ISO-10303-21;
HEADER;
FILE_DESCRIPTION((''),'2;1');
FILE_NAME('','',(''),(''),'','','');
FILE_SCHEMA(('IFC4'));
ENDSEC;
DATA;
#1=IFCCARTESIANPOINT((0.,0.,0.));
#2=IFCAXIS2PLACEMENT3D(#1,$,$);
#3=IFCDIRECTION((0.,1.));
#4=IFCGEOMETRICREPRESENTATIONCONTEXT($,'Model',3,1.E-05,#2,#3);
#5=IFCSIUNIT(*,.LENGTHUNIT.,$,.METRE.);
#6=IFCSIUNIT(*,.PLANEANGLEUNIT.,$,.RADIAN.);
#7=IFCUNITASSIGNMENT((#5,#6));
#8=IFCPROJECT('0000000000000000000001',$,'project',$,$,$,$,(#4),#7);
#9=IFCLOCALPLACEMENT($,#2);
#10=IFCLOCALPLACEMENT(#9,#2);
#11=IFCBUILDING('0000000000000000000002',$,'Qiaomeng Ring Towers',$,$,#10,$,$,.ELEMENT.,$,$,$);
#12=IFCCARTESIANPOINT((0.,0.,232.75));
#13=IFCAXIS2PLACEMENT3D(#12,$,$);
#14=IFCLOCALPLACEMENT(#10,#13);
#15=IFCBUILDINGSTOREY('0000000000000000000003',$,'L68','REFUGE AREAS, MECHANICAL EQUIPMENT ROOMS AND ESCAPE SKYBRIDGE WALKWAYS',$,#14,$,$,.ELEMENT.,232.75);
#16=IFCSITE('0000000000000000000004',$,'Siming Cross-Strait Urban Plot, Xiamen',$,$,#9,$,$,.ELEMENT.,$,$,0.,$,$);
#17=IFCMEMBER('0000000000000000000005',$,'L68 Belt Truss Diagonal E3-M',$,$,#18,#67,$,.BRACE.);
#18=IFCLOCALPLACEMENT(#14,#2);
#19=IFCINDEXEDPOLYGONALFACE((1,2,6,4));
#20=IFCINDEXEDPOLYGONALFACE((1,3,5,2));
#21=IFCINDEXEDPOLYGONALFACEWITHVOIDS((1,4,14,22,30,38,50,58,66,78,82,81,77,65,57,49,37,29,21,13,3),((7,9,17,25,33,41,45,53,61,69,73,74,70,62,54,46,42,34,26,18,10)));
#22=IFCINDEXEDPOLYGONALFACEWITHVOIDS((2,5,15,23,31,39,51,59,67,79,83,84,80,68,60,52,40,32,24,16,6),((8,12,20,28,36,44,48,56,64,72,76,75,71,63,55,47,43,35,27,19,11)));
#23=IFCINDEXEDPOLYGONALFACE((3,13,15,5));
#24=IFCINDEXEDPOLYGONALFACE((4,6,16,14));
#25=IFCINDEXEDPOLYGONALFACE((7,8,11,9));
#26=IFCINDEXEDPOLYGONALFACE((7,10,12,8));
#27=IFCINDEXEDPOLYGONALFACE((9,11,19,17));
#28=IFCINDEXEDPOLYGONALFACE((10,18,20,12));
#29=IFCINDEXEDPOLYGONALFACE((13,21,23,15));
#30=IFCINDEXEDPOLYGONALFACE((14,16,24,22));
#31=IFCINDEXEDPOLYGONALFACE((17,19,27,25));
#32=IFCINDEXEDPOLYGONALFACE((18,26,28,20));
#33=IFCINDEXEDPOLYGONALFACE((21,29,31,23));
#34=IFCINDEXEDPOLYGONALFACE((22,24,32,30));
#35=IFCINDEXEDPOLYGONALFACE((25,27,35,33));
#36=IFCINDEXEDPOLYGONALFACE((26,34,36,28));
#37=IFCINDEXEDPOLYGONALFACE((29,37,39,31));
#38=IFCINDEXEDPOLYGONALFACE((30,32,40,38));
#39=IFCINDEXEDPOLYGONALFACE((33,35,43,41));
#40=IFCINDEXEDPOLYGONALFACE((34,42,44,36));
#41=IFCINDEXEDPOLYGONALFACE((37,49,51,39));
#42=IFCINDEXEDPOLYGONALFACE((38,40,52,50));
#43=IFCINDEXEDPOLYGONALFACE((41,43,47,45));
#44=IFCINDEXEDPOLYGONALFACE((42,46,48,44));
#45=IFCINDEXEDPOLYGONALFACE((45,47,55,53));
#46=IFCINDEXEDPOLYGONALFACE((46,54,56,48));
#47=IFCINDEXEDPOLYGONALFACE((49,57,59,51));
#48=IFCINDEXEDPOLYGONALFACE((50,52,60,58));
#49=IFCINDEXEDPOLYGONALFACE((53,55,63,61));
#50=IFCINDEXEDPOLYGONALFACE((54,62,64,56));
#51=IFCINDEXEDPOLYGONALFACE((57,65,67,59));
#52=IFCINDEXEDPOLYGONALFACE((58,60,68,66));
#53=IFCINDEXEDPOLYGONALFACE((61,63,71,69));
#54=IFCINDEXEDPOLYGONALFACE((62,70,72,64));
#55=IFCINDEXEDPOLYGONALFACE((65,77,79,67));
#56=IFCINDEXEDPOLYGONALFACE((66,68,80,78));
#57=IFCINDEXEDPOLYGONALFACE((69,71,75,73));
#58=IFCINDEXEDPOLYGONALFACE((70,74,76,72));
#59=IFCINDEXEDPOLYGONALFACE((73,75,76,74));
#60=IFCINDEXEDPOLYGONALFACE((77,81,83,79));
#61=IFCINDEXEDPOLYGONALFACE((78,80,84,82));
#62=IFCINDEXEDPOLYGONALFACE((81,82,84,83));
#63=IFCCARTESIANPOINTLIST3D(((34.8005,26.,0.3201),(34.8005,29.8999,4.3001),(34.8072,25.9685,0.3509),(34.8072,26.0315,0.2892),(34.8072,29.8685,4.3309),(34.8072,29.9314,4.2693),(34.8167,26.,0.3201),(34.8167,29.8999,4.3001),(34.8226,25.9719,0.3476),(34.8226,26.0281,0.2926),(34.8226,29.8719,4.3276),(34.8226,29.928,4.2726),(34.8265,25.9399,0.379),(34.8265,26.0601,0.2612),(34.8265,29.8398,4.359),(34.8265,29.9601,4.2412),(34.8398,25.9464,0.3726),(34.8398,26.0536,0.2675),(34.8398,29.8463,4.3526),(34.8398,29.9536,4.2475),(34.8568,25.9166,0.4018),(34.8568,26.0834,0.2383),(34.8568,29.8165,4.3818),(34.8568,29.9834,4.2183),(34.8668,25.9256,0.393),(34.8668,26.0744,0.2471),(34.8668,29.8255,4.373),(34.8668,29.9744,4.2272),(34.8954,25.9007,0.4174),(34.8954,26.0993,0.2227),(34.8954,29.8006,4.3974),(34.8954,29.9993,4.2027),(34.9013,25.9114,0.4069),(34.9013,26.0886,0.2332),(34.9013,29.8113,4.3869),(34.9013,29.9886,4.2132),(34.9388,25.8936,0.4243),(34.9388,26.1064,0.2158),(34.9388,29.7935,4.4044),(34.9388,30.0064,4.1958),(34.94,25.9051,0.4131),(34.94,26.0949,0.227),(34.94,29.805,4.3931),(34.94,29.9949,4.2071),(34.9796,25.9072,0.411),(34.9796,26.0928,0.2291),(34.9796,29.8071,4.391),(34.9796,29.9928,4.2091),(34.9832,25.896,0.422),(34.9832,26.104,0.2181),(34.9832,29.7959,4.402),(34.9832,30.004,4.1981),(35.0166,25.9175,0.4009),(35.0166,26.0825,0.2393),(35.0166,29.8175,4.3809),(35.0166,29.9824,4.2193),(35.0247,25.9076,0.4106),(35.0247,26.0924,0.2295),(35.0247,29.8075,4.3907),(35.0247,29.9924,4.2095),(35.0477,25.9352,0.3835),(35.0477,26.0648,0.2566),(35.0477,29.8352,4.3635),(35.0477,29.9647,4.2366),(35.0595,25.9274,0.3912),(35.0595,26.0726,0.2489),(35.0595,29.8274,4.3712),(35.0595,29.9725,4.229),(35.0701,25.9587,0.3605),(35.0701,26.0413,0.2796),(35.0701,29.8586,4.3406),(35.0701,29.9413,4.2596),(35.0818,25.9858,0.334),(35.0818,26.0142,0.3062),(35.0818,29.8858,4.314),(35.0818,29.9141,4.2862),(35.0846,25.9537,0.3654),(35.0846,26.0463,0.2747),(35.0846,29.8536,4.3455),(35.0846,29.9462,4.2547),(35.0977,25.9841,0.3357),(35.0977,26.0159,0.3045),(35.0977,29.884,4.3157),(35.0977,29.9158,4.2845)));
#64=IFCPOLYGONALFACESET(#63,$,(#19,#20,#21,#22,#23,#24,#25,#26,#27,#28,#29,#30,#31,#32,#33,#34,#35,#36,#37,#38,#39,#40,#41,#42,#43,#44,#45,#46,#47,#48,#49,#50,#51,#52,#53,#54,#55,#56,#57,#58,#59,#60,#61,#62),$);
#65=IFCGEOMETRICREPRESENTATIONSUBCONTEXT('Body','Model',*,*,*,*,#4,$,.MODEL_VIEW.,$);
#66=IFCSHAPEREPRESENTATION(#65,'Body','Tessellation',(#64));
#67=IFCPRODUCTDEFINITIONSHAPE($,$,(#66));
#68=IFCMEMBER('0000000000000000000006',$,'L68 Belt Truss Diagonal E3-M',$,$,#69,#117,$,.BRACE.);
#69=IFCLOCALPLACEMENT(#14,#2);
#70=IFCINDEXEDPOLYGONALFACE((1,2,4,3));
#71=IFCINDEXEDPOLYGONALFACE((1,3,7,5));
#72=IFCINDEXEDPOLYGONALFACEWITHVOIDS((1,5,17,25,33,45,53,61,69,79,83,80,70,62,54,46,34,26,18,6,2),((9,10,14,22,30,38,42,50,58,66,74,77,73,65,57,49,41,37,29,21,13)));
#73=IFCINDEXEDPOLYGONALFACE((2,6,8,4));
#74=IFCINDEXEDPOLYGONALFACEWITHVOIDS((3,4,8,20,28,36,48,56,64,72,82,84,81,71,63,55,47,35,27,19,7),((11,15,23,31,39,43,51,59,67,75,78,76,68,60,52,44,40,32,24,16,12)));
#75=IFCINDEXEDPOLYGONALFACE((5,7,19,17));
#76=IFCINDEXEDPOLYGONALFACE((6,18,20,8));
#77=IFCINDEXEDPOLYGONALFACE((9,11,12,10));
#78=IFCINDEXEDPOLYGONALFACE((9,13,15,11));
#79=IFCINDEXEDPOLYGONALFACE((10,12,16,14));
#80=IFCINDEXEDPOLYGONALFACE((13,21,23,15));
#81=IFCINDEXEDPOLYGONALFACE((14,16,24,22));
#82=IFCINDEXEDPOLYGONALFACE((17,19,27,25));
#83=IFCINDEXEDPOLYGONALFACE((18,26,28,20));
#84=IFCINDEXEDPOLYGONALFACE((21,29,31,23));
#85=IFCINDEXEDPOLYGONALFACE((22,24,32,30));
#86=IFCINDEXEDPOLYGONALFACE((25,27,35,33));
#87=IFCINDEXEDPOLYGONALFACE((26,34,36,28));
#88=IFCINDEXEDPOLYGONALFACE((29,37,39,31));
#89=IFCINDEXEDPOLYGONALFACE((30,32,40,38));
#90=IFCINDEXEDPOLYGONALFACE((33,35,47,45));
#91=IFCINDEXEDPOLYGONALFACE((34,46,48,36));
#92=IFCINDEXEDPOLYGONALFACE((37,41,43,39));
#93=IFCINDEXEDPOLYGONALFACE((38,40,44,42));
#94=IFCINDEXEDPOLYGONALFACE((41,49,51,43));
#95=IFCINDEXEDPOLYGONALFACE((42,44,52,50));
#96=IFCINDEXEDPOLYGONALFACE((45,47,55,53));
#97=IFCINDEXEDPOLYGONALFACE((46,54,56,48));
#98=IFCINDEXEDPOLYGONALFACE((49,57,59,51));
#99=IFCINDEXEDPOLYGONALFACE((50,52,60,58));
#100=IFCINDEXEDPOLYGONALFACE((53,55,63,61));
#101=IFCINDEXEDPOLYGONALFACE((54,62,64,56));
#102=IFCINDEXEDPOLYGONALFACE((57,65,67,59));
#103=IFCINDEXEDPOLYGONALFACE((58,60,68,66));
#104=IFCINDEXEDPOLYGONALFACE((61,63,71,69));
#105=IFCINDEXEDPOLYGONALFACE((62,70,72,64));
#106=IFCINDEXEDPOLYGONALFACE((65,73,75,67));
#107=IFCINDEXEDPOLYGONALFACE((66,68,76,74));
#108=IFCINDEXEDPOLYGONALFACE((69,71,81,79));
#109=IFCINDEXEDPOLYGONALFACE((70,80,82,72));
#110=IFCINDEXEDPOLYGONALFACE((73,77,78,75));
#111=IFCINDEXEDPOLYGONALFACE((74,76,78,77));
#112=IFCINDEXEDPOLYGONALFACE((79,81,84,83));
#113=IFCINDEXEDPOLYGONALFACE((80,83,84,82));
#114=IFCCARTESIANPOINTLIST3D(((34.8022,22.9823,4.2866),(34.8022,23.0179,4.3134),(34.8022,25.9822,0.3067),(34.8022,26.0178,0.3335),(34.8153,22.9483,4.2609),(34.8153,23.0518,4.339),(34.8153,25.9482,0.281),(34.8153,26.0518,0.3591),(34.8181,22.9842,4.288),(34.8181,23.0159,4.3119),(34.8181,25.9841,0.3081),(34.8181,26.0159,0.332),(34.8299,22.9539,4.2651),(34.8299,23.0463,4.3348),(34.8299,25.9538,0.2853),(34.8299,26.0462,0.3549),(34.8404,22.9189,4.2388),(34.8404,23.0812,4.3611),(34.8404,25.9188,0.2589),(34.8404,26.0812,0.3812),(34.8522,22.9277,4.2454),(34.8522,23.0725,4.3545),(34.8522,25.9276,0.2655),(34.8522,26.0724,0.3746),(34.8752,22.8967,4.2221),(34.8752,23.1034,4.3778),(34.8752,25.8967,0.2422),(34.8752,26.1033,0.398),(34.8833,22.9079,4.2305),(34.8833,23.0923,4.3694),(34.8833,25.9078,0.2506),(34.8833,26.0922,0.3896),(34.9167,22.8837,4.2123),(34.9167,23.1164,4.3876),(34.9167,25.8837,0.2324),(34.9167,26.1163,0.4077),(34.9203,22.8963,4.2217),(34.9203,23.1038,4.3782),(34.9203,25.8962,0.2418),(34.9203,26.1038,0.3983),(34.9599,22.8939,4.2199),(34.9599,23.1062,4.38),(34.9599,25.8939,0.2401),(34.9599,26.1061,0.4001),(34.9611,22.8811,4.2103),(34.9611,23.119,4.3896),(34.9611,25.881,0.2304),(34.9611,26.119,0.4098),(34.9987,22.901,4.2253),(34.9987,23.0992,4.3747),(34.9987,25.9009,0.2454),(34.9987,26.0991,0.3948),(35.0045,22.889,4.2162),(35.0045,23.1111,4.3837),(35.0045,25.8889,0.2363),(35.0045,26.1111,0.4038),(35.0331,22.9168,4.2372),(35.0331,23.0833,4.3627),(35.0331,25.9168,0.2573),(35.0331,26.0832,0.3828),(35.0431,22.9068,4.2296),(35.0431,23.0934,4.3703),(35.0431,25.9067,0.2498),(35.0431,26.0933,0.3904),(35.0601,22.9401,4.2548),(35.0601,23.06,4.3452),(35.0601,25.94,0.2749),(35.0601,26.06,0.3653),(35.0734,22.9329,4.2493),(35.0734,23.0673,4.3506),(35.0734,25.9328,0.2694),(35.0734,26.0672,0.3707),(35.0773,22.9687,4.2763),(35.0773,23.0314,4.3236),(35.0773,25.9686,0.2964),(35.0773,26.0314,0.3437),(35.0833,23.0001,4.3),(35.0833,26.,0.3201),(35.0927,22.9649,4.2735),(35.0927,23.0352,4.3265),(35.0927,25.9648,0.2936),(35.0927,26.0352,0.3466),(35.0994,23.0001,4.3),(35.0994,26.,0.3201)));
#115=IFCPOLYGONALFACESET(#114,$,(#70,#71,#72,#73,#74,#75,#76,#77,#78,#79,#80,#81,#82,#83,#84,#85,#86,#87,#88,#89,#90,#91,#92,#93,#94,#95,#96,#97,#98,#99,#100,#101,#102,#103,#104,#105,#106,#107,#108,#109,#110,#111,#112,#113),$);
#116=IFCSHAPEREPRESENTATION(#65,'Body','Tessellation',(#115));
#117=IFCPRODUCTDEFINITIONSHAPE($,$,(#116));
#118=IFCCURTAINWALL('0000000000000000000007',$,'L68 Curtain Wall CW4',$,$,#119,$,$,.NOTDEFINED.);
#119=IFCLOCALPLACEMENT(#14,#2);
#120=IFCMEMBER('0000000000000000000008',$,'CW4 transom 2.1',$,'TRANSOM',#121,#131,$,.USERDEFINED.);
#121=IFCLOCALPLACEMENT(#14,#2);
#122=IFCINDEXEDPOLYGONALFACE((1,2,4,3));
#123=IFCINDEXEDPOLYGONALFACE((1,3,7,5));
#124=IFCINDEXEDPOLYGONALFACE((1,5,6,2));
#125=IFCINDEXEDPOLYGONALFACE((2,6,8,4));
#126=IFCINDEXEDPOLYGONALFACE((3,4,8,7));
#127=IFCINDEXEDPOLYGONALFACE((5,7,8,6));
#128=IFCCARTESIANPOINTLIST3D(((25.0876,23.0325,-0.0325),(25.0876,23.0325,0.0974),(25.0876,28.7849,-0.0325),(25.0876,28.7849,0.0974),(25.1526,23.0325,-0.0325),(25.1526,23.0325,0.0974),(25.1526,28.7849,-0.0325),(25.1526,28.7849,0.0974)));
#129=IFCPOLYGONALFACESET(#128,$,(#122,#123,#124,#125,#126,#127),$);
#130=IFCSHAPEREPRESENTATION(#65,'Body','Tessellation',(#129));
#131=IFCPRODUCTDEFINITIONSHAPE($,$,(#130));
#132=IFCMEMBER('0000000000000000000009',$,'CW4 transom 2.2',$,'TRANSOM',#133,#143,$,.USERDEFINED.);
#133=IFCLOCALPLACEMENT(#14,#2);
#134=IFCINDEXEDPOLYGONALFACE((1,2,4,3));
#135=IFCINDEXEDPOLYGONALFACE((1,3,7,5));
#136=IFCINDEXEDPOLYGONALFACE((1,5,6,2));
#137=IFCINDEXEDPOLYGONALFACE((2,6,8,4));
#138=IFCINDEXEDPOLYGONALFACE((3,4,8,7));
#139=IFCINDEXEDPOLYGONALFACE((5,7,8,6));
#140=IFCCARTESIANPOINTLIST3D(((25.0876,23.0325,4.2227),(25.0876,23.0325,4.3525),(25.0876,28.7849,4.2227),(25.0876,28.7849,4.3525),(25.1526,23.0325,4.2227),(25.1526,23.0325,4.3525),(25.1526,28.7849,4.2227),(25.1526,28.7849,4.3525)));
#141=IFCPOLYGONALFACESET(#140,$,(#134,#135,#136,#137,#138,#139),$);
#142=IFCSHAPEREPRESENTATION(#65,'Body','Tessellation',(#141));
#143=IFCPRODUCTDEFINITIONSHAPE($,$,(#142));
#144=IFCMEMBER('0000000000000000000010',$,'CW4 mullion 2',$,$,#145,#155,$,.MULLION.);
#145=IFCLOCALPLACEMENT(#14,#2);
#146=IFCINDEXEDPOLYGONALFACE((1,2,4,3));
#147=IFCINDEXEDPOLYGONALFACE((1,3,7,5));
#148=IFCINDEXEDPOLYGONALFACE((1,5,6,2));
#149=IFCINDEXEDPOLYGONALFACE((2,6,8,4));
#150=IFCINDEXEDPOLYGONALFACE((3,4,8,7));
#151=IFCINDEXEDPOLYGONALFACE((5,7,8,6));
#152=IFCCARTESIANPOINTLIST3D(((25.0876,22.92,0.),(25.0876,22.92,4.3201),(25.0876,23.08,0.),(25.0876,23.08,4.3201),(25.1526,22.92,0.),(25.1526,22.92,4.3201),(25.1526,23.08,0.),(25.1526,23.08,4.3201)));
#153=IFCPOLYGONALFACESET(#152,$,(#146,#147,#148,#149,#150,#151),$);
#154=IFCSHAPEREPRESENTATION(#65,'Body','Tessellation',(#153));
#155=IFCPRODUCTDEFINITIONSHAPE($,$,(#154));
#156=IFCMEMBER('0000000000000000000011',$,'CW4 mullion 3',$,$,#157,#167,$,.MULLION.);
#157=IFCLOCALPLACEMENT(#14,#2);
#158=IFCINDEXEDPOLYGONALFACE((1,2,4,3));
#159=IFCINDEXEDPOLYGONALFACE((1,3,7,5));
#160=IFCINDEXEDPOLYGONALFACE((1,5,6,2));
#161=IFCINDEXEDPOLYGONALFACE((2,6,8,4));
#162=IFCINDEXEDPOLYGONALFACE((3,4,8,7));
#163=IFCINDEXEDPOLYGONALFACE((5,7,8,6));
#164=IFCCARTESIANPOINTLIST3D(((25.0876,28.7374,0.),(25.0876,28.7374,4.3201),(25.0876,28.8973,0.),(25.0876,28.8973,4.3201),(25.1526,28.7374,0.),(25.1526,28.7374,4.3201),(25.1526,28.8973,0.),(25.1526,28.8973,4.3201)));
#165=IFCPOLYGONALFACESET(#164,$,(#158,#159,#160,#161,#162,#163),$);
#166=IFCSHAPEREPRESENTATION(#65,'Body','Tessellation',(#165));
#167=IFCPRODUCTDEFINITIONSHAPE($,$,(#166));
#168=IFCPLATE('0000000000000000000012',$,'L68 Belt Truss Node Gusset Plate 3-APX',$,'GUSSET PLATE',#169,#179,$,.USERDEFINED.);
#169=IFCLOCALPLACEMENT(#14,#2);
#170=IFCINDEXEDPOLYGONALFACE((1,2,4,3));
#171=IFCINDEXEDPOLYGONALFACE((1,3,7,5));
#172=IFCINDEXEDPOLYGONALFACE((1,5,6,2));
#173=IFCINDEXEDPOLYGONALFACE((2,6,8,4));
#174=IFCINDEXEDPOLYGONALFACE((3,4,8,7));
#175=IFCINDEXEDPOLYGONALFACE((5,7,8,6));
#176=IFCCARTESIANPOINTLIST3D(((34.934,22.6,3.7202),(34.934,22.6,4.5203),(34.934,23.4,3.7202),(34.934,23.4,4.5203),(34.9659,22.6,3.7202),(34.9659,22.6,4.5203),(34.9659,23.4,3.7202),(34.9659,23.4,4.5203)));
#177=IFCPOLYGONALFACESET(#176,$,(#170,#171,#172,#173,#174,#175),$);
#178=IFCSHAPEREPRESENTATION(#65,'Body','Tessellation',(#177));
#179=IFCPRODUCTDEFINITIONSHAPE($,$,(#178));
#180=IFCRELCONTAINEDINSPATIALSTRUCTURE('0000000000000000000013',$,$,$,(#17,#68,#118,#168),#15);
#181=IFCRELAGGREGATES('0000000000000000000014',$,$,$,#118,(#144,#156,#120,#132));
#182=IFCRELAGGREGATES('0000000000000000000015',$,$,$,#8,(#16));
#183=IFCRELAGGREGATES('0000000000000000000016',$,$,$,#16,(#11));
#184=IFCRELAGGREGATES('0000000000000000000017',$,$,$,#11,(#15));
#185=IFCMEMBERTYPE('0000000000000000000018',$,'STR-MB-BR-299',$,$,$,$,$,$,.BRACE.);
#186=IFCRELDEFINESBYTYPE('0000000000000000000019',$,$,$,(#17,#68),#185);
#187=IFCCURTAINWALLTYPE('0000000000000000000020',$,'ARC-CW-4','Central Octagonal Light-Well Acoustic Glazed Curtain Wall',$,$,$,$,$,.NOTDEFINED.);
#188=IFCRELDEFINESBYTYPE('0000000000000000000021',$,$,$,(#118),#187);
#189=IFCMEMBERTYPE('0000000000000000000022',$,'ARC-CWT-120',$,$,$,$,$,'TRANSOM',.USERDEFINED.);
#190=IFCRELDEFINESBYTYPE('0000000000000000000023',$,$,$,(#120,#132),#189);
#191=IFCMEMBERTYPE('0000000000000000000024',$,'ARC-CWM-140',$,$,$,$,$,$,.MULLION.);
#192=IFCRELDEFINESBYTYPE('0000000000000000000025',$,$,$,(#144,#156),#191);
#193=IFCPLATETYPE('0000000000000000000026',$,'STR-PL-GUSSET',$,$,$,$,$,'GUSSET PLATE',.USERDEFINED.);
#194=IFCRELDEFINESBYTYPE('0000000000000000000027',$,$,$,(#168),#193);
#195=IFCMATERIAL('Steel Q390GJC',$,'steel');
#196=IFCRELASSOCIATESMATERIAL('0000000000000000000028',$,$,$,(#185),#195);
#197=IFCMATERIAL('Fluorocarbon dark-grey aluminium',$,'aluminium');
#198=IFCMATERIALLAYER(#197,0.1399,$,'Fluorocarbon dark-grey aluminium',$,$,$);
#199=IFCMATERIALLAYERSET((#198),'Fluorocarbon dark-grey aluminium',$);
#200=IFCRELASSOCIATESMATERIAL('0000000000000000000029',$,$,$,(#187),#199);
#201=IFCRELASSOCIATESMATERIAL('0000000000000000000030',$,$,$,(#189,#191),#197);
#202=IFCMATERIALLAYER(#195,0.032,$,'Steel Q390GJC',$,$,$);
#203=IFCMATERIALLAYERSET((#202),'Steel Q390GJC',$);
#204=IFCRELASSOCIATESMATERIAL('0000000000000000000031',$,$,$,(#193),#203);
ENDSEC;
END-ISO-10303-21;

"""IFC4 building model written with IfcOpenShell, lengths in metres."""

from ifc_helpers import new_model, si_unit, direction, frame, origin, origin_2d, place, context, subcontext, project, spatial, rectangle, hollow_circle, extrude, source, transform, mapped, material, layer, layer_set, material_profile, profile_set, type_object, element, aggregate, save


model = new_model("IFC4")

# Units and contexts
model_context = context("Model", 3, precision=1e-05, world=origin(), true_north=direction((0.0, 1.0)))
body_context = subcontext(model_context, "Body", "Model", "MODEL_VIEW")
ifc_project = project(units=[si_unit("LENGTHUNIT", "METRE"), si_unit("PLANEANGLEUNIT", "RADIAN")], contexts=[model_context])

# Site, building, storey
site_placement = place(None, origin())
site = spatial("IfcSite", under=ifc_project, at=site_placement, Name="Siming Cross-Strait Urban Plot, Xiamen", CompositionType="ELEMENT", RefElevation=0.0)
building_placement = place(site_placement, origin())
building = spatial("IfcBuilding", under=site, at=building_placement, Name="Qiaomeng Ring Towers", CompositionType="ELEMENT")
storey_placement = place(building_placement, frame((0.0, 0.0, 232.75)))
storey = spatial("IfcBuildingStorey", under=building, at=storey_placement, Name="L68", Description="REFUGE AREAS, MECHANICAL EQUIPMENT ROOMS AND ESCAPE SKYBRIDGE WALKWAYS", CompositionType="ELEMENT", Elevation=232.75)

# Shared definitions
ifc_material_1 = material(Name="Steel Q390GJC", Category="steel")

# Members
ifc_material_profile_1 = material_profile(ifc_material_1, hollow_circle(Radius=0.1494, WallThickness=0.0161, at=origin_2d()), Name="CHS 299x16")
ifc_profile_set_1 = profile_set([ifc_material_profile_1], Name="Steel Q390GJC")
member_type_1 = type_object("IfcMemberType", Name="STR-MB-BR-299", PredefinedType="BRACE", material=ifc_profile_set_1)
shared_shape_1 = source(origin(), body_context, "Body", "SweptSolid", [
    extrude(hollow_circle(Radius=0.1494, WallThickness=0.0161, at=origin_2d()), origin(), (0.0, 0.0, 1.0), 5.5723),
])
member_1_placement = place(storey_placement, frame((34.95, 26.0, 0.3201), z_axis=(0.0, 0.699885, 0.714256), x_axis=(-1.0, 0.0, 0.0)))
element("IfcMember", 1, at=member_1_placement, inside=storey, type_object=member_type_1, Name="L68 Belt Truss Diagonal E3-M", PredefinedType="BRACE", context=body_context, shape_type="MappedRepresentation", body=[
    mapped(shared_shape_1, transform((0.0, 0.0, 0.0), x_axis=(1.0, 0.0, 0.0), y_axis=(0.0, 1.0, 0.0), z_axis=(0.0, 0.0, 1.0), scale=1.0)),
])
shared_shape_2 = source(origin(), body_context, "Body", "SweptSolid", [
    extrude(hollow_circle(Radius=0.1494, WallThickness=0.0161, at=origin_2d()), origin(), (0.0, 0.0, 1.0), 4.9839),
])
member_2_placement = place(storey_placement, frame((34.95, 26.0, 0.3201), z_axis=(0.0, -0.601926, 0.798552), x_axis=(1.0, 0.0, 0.0)))
element("IfcMember", 2, at=member_2_placement, inside=storey, type_object=member_type_1, Name="L68 Belt Truss Diagonal E3-M", PredefinedType="BRACE", context=body_context, shape_type="MappedRepresentation", body=[
    mapped(shared_shape_2, transform((0.0, 0.0, 0.0), x_axis=(1.0, 0.0, 0.0), y_axis=(0.0, 1.0, 0.0), z_axis=(0.0, 0.0, 1.0), scale=1.0)),
])

# Curtain wall, members
ifc_material_2 = material(Name="Fluorocarbon dark-grey aluminium", Category="aluminium")
ifc_layer_1 = layer(ifc_material_2, 0.1399, Name="Fluorocarbon dark-grey aluminium")
ifc_layer_set_1 = layer_set([ifc_layer_1], Name="Fluorocarbon dark-grey aluminium")
curtain_wall_type = type_object("IfcCurtainWallType", Name="ARC-CW-4", Description="Central Octagonal Light-Well Acoustic Glazed Curtain Wall", PredefinedType="NOTDEFINED", material=ifc_layer_set_1)
curtain_wall_placement = place(storey_placement, origin())
curtain_wall = element("IfcCurtainWall", 3, at=curtain_wall_placement, inside=storey, type_object=curtain_wall_type, Name="L68 Curtain Wall CW4", PredefinedType="NOTDEFINED")
ifc_material_profile_2 = material_profile(ifc_material_2, rectangle(XDim=0.0649, YDim=0.1299, at=origin_2d()), Name="ALU TRAN 65x130")
ifc_profile_set_2 = profile_set([ifc_material_profile_2], Name="Fluorocarbon dark-grey aluminium")
member_type_2 = type_object("IfcMemberType", Name="ARC-CWT-120", ElementType="TRANSOM", PredefinedType="USERDEFINED", material=ifc_profile_set_2)
shared_shape_3 = source(origin(), body_context, "Body", "SweptSolid", [
    extrude(rectangle(XDim=0.0649, YDim=0.1299, at=origin_2d()), origin(), (0.0, 0.0, 1.0), 5.7524),
])
member_3_placement = place(storey_placement, frame((25.1201, 23.0325, 0.0325), z_axis=(0.0, 1.0, 0.0), x_axis=(-1.0, 0.0, 0.0)))
member_3 = element("IfcMember", 4, at=member_3_placement, type_object=member_type_2, Name="CW4 transom 2.1", ObjectType="TRANSOM", PredefinedType="USERDEFINED", context=body_context, shape_type="MappedRepresentation", body=[
    mapped(shared_shape_3, transform((0.0, 0.0, 0.0), x_axis=(1.0, 0.0, 0.0), y_axis=(0.0, 1.0, 0.0), z_axis=(0.0, 0.0, 1.0), scale=1.0)),
])
member_4_placement = place(storey_placement, frame((25.1201, 23.0325, 4.2876), z_axis=(0.0, 1.0, 0.0), x_axis=(-1.0, 0.0, 0.0)))
member_4 = element("IfcMember", 5, at=member_4_placement, type_object=member_type_2, Name="CW4 transom 2.2", ObjectType="TRANSOM", PredefinedType="USERDEFINED", context=body_context, shape_type="MappedRepresentation", body=[
    mapped(shared_shape_3, transform((0.0, 0.0, 0.0), x_axis=(1.0, 0.0, 0.0), y_axis=(0.0, 1.0, 0.0), z_axis=(0.0, 0.0, 1.0), scale=1.0)),
])
ifc_material_profile_3 = material_profile(ifc_material_2, rectangle(XDim=0.0649, YDim=0.1599, at=origin_2d()), Name="ALU MULL 65x160")
ifc_profile_set_3 = profile_set([ifc_material_profile_3], Name="Fluorocarbon dark-grey aluminium")
member_type_3 = type_object("IfcMemberType", Name="ARC-CWM-140", PredefinedType="MULLION", material=ifc_profile_set_3)
shared_shape_4 = source(origin(), body_context, "Body", "SweptSolid", [
    extrude(rectangle(XDim=0.0649, YDim=0.1599, at=origin_2d()), origin(), (0.0, 0.0, 1.0), 4.3201),
])
member_5_placement = place(storey_placement, frame((25.1201, 23.0, 0.0), z_axis=(0.0, 0.0, 1.0), x_axis=(-1.0, 0.0, 0.0)))
member_5 = element("IfcMember", 6, at=member_5_placement, type_object=member_type_3, Name="CW4 mullion 2", PredefinedType="MULLION", context=body_context, shape_type="MappedRepresentation", body=[
    mapped(shared_shape_4, transform((0.0, 0.0, 0.0), x_axis=(1.0, 0.0, 0.0), y_axis=(0.0, 1.0, 0.0), z_axis=(0.0, 0.0, 1.0), scale=1.0)),
])
member_6_placement = place(storey_placement, frame((25.1201, 28.8174, 0.0), z_axis=(0.0, 0.0, 1.0), x_axis=(-1.0, 0.0, 0.0)))
member_6 = element("IfcMember", 7, at=member_6_placement, type_object=member_type_3, Name="CW4 mullion 3", PredefinedType="MULLION", context=body_context, shape_type="MappedRepresentation", body=[
    mapped(shared_shape_4, transform((0.0, 0.0, 0.0), x_axis=(1.0, 0.0, 0.0), y_axis=(0.0, 1.0, 0.0), z_axis=(0.0, 0.0, 1.0), scale=1.0)),
])

# Plate
ifc_layer_2 = layer(ifc_material_1, 0.032, Name="Steel Q390GJC")
ifc_layer_set_2 = layer_set([ifc_layer_2], Name="Steel Q390GJC")
plate_type_1 = type_object("IfcPlateType", Name="STR-PL-GUSSET", ElementType="GUSSET PLATE", PredefinedType="USERDEFINED", material=ifc_layer_set_2)
shared_shape_5 = source(origin(), body_context, "Body", "SweptSolid", [
    extrude(rectangle(XDim=0.8, YDim=0.032, at=origin_2d()), origin(), (0.0, 0.0, 1.0), 0.8),
])
for number, where, z_axis, x_axis, name in (
    (8, (34.95, 23.0, 3.7202), (0.0, 0.0, 1.0), (0.0, 1.0, 0.0), "L68 Belt Truss Node Gusset Plate 3-APX"),
):
    element("IfcPlate", number, at=place(storey_placement, frame(where, z_axis=z_axis, x_axis=x_axis)), inside=storey, type_object=plate_type_1, Name=name, ObjectType="GUSSET PLATE", PredefinedType="USERDEFINED", context=body_context, shape_type="MappedRepresentation", body=[
        mapped(shared_shape_5, transform((0.0, 0.0, 0.0), x_axis=(1.0, 0.0, 0.0), y_axis=(0.0, 1.0, 0.0), z_axis=(0.0, 0.0, 1.0), scale=1.0)),
    ])

aggregate(curtain_wall, [member_5, member_6, member_3, member_4])

save(model, "model.ifc")
